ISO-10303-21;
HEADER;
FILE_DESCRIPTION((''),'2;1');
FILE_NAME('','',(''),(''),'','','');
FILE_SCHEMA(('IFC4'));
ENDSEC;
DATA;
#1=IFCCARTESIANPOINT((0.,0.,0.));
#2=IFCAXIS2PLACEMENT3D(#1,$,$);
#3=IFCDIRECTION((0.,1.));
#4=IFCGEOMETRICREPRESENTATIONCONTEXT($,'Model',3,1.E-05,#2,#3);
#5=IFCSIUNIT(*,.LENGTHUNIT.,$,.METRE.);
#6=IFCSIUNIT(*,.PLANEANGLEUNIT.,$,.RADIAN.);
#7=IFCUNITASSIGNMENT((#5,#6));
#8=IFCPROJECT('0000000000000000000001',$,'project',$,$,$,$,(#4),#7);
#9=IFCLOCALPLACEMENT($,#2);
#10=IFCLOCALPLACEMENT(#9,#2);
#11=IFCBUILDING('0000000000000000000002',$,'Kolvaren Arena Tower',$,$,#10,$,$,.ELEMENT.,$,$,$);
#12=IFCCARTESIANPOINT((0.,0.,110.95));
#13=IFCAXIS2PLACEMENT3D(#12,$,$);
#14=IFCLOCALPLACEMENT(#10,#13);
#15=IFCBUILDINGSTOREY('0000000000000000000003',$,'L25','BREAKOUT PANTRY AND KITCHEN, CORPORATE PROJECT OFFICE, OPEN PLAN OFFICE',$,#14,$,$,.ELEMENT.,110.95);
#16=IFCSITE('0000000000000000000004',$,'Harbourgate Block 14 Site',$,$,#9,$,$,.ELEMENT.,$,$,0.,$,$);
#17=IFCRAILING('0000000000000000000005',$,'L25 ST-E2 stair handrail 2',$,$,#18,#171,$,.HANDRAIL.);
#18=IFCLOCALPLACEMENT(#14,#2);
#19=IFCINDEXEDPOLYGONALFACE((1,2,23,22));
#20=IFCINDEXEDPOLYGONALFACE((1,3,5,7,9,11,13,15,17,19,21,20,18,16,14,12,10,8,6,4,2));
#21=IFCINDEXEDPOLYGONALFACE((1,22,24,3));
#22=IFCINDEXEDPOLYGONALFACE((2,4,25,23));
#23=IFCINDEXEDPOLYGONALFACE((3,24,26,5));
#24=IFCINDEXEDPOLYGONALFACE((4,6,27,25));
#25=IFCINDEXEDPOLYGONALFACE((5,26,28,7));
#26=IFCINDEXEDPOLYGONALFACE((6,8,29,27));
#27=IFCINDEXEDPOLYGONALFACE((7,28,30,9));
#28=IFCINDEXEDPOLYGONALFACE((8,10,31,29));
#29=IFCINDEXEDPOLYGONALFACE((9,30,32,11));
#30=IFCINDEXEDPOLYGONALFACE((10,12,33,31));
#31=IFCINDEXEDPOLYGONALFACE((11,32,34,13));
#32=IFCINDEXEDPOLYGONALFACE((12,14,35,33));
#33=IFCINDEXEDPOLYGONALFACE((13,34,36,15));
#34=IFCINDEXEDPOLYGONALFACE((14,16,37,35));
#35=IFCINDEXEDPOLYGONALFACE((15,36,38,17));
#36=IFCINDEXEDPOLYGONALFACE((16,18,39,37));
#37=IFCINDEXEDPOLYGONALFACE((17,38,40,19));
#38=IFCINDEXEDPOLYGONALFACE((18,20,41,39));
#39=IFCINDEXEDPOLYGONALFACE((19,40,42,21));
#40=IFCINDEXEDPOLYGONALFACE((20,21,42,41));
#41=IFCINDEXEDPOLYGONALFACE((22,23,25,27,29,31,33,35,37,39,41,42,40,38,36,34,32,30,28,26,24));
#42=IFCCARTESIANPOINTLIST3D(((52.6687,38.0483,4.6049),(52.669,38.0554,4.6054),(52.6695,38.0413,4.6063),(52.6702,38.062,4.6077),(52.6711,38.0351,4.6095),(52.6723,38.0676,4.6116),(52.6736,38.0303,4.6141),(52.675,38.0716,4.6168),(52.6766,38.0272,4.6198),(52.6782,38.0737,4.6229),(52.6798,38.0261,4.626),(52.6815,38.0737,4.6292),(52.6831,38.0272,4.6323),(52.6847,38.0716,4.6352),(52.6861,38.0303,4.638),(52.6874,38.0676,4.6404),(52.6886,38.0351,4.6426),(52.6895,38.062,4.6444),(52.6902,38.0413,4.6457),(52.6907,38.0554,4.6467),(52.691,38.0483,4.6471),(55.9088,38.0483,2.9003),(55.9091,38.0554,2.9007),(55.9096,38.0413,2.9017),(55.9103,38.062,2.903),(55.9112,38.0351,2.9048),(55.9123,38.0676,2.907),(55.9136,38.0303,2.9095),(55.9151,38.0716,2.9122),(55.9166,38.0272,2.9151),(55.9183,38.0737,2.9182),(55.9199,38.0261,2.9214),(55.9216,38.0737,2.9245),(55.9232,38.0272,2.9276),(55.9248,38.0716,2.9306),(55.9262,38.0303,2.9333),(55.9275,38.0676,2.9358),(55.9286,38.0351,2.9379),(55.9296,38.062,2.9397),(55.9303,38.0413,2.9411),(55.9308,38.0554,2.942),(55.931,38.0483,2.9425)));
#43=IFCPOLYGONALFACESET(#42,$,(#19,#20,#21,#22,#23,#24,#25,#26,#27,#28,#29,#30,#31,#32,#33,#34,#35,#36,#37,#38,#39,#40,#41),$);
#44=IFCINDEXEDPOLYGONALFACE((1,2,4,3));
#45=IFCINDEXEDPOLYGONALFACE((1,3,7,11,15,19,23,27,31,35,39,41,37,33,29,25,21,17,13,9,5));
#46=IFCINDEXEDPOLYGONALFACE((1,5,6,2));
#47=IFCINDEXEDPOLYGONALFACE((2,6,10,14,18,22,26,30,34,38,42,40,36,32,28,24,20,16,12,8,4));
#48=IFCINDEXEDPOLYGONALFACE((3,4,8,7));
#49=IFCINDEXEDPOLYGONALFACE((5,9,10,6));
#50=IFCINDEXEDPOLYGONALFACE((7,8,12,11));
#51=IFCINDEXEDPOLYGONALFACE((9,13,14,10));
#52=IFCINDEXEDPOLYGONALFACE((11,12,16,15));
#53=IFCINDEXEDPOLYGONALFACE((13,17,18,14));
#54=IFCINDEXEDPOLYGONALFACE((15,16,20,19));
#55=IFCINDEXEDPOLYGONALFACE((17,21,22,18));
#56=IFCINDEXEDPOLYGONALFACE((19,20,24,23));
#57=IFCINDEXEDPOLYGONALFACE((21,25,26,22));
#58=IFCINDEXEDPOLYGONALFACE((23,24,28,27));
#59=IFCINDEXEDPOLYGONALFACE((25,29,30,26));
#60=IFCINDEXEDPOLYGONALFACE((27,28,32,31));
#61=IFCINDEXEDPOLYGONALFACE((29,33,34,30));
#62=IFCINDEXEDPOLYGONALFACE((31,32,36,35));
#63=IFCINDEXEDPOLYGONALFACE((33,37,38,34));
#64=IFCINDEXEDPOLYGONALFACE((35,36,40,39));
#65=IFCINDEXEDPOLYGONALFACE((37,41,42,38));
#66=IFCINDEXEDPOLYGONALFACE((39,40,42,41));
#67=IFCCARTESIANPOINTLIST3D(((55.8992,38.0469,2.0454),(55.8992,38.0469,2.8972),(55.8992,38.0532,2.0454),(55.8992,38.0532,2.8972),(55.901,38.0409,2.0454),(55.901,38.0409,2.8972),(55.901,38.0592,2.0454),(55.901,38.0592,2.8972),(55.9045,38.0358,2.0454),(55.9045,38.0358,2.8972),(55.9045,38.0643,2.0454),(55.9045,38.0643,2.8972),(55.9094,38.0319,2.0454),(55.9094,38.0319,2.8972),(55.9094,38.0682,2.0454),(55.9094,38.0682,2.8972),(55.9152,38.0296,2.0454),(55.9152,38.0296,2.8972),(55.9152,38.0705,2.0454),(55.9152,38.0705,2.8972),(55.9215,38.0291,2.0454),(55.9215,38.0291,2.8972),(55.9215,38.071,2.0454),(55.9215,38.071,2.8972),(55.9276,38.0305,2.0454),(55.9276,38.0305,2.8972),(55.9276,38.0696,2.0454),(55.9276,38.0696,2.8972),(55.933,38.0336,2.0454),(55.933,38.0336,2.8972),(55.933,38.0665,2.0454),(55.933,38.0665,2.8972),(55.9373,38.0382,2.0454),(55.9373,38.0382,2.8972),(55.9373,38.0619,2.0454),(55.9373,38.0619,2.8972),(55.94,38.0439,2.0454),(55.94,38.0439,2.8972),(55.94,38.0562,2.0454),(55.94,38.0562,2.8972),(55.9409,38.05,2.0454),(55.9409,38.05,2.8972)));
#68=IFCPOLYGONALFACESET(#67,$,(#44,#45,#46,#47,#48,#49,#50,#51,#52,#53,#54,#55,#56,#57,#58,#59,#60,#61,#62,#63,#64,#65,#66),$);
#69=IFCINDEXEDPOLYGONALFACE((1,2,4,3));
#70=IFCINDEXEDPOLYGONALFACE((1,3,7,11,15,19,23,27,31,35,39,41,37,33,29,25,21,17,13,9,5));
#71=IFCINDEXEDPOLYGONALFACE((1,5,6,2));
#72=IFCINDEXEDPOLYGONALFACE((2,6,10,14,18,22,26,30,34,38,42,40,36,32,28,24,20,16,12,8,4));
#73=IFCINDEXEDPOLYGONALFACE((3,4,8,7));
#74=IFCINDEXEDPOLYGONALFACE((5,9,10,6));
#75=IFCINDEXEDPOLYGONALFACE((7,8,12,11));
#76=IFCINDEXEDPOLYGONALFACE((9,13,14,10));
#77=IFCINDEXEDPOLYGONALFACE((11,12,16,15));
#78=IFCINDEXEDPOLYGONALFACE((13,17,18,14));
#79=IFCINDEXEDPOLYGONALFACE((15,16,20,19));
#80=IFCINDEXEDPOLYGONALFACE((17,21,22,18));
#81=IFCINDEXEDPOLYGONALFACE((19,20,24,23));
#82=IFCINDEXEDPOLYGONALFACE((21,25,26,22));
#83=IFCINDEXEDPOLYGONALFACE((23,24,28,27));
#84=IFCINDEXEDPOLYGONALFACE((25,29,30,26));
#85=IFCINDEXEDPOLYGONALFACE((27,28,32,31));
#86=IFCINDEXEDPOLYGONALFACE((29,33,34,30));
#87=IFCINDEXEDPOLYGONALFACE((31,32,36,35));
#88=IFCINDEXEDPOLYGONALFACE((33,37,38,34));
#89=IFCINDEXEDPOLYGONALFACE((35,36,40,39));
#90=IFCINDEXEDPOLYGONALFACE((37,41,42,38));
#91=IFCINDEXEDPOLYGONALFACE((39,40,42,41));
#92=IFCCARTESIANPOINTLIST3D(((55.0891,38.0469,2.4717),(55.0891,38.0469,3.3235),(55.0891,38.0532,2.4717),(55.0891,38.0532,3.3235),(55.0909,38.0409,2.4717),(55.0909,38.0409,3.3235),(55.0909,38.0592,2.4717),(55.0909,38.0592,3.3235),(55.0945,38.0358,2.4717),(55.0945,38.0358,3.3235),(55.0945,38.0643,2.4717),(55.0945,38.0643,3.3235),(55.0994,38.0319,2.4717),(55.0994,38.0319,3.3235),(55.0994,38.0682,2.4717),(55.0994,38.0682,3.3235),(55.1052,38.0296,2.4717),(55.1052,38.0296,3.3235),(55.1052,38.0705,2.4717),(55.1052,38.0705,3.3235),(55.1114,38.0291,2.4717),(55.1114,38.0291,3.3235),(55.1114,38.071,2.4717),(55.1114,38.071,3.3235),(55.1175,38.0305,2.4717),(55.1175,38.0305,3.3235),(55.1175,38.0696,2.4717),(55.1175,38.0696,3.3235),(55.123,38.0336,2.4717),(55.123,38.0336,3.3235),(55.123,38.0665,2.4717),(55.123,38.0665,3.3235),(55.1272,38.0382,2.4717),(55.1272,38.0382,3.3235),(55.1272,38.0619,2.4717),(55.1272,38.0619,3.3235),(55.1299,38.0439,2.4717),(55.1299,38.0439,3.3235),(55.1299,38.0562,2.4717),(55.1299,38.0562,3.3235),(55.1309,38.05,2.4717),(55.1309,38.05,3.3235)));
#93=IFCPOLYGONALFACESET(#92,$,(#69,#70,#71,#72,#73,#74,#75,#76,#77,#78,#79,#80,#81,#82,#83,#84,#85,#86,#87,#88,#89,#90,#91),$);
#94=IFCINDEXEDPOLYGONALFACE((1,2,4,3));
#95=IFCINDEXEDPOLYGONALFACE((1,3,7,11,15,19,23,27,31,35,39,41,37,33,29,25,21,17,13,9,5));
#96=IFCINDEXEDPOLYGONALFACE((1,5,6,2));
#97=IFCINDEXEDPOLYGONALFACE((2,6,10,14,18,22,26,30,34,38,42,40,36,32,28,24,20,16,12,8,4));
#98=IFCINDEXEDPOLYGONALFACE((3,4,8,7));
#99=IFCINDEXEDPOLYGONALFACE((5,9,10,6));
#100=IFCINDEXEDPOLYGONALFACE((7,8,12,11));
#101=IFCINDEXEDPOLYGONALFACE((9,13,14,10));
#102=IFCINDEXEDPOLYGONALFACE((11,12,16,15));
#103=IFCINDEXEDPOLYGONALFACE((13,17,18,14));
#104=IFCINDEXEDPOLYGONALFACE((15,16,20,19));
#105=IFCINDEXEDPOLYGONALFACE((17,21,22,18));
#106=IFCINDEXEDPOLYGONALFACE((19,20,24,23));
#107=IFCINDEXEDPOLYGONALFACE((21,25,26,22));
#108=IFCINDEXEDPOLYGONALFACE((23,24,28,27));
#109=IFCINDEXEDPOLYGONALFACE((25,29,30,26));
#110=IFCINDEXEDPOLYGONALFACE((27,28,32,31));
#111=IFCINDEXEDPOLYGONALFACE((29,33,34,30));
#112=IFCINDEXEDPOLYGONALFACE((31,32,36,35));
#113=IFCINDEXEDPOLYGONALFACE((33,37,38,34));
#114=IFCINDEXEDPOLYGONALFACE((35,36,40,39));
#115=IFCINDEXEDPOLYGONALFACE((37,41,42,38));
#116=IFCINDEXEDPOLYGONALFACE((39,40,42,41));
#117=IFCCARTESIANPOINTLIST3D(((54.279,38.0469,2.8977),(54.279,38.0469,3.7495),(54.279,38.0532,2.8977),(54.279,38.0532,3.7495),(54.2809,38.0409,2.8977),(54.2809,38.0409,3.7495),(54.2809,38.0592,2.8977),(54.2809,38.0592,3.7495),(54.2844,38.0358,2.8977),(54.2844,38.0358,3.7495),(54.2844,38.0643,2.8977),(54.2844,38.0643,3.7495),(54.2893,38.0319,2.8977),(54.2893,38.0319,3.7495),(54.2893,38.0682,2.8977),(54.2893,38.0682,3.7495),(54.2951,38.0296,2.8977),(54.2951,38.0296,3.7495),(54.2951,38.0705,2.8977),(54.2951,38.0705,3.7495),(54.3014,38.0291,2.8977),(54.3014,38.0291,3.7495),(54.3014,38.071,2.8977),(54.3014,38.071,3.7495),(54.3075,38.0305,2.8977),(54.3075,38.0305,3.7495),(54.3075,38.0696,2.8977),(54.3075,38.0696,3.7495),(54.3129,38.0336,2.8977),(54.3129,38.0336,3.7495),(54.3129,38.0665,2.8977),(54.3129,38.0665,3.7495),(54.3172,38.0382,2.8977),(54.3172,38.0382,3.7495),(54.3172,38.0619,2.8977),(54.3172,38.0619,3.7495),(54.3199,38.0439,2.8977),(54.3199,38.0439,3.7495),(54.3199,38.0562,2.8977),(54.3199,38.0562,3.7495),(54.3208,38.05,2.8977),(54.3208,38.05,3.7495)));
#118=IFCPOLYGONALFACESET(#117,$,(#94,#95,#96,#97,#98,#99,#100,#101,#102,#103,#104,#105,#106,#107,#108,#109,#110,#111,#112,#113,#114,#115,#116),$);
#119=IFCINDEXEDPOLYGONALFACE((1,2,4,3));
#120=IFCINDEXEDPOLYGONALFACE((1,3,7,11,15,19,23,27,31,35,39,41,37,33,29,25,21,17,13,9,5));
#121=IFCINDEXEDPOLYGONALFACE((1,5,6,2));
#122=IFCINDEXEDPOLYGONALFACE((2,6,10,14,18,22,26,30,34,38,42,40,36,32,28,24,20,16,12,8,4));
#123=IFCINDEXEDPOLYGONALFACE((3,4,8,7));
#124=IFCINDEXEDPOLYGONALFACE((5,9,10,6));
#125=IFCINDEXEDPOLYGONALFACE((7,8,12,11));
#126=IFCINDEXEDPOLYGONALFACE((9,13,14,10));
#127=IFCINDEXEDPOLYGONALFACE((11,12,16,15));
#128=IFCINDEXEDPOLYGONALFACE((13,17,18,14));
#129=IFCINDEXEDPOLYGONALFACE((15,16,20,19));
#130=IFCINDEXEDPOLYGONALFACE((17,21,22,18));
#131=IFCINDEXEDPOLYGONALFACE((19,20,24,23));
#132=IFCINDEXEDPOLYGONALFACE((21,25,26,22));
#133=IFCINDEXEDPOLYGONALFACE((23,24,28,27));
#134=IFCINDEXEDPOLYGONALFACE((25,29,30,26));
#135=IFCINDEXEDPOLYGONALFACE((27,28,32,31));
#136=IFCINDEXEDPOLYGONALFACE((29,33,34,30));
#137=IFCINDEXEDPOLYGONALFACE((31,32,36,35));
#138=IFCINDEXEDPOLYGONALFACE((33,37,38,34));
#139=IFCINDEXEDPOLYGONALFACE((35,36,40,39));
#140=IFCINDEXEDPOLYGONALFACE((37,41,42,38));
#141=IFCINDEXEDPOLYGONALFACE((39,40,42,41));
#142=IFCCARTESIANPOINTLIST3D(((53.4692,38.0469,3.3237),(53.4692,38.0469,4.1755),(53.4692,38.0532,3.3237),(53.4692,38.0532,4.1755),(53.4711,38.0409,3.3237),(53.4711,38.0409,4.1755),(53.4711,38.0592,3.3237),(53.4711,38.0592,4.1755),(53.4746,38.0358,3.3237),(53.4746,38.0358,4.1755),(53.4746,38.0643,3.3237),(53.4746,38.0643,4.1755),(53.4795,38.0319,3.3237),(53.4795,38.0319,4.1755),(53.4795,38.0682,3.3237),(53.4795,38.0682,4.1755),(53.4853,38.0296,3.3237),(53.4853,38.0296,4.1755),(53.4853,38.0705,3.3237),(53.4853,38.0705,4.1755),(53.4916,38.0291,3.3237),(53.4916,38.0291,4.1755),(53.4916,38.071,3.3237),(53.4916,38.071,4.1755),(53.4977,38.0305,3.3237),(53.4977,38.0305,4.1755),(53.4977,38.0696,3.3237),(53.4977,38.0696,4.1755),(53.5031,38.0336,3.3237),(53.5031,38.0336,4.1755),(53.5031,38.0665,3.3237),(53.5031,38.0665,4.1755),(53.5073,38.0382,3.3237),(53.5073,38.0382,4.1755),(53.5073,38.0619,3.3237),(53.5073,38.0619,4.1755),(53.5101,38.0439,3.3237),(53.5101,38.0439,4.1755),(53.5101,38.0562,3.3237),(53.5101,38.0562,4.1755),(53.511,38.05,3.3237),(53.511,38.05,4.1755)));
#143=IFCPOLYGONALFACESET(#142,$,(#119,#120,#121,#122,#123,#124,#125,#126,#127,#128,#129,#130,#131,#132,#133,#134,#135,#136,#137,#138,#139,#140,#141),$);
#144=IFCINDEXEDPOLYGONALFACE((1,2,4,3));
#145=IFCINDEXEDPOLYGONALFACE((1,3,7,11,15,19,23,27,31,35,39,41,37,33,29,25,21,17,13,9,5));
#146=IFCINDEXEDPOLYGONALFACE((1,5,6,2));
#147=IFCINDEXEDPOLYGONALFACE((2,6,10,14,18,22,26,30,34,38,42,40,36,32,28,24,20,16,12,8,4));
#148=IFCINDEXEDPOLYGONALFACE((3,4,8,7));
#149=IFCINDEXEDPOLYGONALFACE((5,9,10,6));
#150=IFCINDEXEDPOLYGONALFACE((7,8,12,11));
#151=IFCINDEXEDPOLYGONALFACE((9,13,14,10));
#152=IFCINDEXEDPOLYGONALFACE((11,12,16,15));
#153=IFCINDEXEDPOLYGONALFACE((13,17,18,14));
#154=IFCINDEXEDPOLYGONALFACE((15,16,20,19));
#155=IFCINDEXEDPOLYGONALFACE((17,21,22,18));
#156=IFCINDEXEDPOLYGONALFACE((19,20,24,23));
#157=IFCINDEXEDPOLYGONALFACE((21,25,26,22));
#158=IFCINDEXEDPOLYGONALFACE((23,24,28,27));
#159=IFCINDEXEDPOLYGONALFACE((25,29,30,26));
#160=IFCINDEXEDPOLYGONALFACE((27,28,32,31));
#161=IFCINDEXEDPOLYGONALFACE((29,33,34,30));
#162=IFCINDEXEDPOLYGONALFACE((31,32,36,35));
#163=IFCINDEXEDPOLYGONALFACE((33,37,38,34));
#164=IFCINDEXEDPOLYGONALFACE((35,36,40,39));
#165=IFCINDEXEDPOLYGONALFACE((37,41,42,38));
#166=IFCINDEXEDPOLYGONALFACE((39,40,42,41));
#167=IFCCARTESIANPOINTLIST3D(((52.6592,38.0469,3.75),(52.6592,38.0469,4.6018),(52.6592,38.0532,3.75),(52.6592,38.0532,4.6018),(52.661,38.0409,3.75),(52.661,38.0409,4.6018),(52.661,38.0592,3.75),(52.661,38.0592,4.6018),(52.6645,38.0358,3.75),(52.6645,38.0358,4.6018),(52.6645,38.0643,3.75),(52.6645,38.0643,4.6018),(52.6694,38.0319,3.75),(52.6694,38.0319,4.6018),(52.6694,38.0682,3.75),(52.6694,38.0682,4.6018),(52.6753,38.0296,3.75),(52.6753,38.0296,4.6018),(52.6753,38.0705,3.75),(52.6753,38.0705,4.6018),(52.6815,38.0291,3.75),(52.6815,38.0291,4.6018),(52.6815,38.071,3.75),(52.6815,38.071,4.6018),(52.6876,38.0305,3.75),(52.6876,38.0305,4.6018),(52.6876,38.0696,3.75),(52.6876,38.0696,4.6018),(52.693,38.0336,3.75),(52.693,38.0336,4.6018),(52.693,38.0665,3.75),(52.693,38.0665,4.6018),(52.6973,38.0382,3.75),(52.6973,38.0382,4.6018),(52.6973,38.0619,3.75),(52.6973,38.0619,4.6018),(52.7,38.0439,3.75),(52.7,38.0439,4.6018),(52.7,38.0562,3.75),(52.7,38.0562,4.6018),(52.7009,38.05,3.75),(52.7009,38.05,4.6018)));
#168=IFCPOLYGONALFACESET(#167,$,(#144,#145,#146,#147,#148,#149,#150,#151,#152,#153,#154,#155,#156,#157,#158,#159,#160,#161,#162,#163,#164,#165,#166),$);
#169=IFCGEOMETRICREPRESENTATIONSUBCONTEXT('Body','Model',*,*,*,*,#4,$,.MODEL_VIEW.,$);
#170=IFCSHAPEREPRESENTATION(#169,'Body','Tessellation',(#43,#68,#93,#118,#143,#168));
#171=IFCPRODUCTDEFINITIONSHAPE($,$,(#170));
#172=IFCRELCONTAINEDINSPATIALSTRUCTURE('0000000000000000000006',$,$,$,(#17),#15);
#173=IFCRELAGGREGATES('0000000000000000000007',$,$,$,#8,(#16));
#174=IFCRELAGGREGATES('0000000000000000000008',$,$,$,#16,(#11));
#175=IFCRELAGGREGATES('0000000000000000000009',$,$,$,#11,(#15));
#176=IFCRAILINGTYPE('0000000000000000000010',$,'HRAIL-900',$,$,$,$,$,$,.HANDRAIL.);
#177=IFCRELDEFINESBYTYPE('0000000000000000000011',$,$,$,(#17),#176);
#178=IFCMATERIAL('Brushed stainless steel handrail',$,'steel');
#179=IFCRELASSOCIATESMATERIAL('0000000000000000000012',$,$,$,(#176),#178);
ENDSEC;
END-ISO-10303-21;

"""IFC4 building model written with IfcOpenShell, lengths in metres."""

from ifc_helpers import new_model, si_unit, direction, frame, origin, origin_2d, place, context, subcontext, project, spatial, circle, extrude, material, type_object, element, save


model = new_model("IFC4")

# Units and contexts
model_context = context("Model", 3, precision=1e-05, world=origin(), true_north=direction((0.0, 1.0)))
body_context = subcontext(model_context, "Body", "Model", "MODEL_VIEW")
ifc_project = project(units=[si_unit("LENGTHUNIT", "METRE"), si_unit("PLANEANGLEUNIT", "RADIAN")], contexts=[model_context])

# Site, building, storey
site_placement = place(None, origin())
site = spatial("IfcSite", under=ifc_project, at=site_placement, Name="Harbourgate Block 14 Site", CompositionType="ELEMENT", RefElevation=0.0)
building_placement = place(site_placement, origin())
building = spatial("IfcBuilding", under=site, at=building_placement, Name="Kolvaren Arena Tower", CompositionType="ELEMENT")
storey_placement = place(building_placement, frame((0.0, 0.0, 110.95)))
storey = spatial("IfcBuildingStorey", under=building, at=storey_placement, Name="L25", Description="BREAKOUT PANTRY AND KITCHEN, CORPORATE PROJECT OFFICE, OPEN PLAN OFFICE", CompositionType="ELEMENT", Elevation=110.95)

# Railing
ifc_material_1 = material(Name="Brushed stainless steel handrail", Category="steel")
railing_type_1 = type_object("IfcRailingType", Name="HRAIL-900", PredefinedType="HANDRAIL", material=ifc_material_1)
for number, where, name in (
    (1, (55.9199, 38.05, 2.0454), "L25 ST-E2 stair handrail 2"),
):
    element("IfcRailing", number, at=place(storey_placement, frame(where)), inside=storey, type_object=railing_type_1, Name=name, PredefinedType="HANDRAIL", context=body_context, shape_type="SweptSolid", body=[
        extrude(circle(Radius=0.0239, at=origin_2d()), frame((0.0, 0.0, 0.876), z_axis=(-0.884993, 0.0, 0.465604), x_axis=(0.0, -1.0, 0.0)), (0.0, 0.0, 1.0), 3.6611),
        extrude(circle(Radius=0.021, at=origin_2d()), origin(), (0.0, 0.0, 1.0), 0.8518),
        extrude(circle(Radius=0.021, at=origin_2d()), frame((-0.8101, 0.0, 0.4263)), (0.0, 0.0, 1.0), 0.8518),
        extrude(circle(Radius=0.021, at=origin_2d()), frame((-1.6201, 0.0, 0.8523)), (0.0, 0.0, 1.0), 0.8518),
        extrude(circle(Radius=0.021, at=origin_2d()), frame((-2.4299, 0.0, 1.2783)), (0.0, 0.0, 1.0), 0.8518),
        extrude(circle(Radius=0.021, at=origin_2d()), frame((-3.24, 0.0, 1.7046)), (0.0, 0.0, 1.0), 0.8518),
    ])

save(model, "model.ifc")
